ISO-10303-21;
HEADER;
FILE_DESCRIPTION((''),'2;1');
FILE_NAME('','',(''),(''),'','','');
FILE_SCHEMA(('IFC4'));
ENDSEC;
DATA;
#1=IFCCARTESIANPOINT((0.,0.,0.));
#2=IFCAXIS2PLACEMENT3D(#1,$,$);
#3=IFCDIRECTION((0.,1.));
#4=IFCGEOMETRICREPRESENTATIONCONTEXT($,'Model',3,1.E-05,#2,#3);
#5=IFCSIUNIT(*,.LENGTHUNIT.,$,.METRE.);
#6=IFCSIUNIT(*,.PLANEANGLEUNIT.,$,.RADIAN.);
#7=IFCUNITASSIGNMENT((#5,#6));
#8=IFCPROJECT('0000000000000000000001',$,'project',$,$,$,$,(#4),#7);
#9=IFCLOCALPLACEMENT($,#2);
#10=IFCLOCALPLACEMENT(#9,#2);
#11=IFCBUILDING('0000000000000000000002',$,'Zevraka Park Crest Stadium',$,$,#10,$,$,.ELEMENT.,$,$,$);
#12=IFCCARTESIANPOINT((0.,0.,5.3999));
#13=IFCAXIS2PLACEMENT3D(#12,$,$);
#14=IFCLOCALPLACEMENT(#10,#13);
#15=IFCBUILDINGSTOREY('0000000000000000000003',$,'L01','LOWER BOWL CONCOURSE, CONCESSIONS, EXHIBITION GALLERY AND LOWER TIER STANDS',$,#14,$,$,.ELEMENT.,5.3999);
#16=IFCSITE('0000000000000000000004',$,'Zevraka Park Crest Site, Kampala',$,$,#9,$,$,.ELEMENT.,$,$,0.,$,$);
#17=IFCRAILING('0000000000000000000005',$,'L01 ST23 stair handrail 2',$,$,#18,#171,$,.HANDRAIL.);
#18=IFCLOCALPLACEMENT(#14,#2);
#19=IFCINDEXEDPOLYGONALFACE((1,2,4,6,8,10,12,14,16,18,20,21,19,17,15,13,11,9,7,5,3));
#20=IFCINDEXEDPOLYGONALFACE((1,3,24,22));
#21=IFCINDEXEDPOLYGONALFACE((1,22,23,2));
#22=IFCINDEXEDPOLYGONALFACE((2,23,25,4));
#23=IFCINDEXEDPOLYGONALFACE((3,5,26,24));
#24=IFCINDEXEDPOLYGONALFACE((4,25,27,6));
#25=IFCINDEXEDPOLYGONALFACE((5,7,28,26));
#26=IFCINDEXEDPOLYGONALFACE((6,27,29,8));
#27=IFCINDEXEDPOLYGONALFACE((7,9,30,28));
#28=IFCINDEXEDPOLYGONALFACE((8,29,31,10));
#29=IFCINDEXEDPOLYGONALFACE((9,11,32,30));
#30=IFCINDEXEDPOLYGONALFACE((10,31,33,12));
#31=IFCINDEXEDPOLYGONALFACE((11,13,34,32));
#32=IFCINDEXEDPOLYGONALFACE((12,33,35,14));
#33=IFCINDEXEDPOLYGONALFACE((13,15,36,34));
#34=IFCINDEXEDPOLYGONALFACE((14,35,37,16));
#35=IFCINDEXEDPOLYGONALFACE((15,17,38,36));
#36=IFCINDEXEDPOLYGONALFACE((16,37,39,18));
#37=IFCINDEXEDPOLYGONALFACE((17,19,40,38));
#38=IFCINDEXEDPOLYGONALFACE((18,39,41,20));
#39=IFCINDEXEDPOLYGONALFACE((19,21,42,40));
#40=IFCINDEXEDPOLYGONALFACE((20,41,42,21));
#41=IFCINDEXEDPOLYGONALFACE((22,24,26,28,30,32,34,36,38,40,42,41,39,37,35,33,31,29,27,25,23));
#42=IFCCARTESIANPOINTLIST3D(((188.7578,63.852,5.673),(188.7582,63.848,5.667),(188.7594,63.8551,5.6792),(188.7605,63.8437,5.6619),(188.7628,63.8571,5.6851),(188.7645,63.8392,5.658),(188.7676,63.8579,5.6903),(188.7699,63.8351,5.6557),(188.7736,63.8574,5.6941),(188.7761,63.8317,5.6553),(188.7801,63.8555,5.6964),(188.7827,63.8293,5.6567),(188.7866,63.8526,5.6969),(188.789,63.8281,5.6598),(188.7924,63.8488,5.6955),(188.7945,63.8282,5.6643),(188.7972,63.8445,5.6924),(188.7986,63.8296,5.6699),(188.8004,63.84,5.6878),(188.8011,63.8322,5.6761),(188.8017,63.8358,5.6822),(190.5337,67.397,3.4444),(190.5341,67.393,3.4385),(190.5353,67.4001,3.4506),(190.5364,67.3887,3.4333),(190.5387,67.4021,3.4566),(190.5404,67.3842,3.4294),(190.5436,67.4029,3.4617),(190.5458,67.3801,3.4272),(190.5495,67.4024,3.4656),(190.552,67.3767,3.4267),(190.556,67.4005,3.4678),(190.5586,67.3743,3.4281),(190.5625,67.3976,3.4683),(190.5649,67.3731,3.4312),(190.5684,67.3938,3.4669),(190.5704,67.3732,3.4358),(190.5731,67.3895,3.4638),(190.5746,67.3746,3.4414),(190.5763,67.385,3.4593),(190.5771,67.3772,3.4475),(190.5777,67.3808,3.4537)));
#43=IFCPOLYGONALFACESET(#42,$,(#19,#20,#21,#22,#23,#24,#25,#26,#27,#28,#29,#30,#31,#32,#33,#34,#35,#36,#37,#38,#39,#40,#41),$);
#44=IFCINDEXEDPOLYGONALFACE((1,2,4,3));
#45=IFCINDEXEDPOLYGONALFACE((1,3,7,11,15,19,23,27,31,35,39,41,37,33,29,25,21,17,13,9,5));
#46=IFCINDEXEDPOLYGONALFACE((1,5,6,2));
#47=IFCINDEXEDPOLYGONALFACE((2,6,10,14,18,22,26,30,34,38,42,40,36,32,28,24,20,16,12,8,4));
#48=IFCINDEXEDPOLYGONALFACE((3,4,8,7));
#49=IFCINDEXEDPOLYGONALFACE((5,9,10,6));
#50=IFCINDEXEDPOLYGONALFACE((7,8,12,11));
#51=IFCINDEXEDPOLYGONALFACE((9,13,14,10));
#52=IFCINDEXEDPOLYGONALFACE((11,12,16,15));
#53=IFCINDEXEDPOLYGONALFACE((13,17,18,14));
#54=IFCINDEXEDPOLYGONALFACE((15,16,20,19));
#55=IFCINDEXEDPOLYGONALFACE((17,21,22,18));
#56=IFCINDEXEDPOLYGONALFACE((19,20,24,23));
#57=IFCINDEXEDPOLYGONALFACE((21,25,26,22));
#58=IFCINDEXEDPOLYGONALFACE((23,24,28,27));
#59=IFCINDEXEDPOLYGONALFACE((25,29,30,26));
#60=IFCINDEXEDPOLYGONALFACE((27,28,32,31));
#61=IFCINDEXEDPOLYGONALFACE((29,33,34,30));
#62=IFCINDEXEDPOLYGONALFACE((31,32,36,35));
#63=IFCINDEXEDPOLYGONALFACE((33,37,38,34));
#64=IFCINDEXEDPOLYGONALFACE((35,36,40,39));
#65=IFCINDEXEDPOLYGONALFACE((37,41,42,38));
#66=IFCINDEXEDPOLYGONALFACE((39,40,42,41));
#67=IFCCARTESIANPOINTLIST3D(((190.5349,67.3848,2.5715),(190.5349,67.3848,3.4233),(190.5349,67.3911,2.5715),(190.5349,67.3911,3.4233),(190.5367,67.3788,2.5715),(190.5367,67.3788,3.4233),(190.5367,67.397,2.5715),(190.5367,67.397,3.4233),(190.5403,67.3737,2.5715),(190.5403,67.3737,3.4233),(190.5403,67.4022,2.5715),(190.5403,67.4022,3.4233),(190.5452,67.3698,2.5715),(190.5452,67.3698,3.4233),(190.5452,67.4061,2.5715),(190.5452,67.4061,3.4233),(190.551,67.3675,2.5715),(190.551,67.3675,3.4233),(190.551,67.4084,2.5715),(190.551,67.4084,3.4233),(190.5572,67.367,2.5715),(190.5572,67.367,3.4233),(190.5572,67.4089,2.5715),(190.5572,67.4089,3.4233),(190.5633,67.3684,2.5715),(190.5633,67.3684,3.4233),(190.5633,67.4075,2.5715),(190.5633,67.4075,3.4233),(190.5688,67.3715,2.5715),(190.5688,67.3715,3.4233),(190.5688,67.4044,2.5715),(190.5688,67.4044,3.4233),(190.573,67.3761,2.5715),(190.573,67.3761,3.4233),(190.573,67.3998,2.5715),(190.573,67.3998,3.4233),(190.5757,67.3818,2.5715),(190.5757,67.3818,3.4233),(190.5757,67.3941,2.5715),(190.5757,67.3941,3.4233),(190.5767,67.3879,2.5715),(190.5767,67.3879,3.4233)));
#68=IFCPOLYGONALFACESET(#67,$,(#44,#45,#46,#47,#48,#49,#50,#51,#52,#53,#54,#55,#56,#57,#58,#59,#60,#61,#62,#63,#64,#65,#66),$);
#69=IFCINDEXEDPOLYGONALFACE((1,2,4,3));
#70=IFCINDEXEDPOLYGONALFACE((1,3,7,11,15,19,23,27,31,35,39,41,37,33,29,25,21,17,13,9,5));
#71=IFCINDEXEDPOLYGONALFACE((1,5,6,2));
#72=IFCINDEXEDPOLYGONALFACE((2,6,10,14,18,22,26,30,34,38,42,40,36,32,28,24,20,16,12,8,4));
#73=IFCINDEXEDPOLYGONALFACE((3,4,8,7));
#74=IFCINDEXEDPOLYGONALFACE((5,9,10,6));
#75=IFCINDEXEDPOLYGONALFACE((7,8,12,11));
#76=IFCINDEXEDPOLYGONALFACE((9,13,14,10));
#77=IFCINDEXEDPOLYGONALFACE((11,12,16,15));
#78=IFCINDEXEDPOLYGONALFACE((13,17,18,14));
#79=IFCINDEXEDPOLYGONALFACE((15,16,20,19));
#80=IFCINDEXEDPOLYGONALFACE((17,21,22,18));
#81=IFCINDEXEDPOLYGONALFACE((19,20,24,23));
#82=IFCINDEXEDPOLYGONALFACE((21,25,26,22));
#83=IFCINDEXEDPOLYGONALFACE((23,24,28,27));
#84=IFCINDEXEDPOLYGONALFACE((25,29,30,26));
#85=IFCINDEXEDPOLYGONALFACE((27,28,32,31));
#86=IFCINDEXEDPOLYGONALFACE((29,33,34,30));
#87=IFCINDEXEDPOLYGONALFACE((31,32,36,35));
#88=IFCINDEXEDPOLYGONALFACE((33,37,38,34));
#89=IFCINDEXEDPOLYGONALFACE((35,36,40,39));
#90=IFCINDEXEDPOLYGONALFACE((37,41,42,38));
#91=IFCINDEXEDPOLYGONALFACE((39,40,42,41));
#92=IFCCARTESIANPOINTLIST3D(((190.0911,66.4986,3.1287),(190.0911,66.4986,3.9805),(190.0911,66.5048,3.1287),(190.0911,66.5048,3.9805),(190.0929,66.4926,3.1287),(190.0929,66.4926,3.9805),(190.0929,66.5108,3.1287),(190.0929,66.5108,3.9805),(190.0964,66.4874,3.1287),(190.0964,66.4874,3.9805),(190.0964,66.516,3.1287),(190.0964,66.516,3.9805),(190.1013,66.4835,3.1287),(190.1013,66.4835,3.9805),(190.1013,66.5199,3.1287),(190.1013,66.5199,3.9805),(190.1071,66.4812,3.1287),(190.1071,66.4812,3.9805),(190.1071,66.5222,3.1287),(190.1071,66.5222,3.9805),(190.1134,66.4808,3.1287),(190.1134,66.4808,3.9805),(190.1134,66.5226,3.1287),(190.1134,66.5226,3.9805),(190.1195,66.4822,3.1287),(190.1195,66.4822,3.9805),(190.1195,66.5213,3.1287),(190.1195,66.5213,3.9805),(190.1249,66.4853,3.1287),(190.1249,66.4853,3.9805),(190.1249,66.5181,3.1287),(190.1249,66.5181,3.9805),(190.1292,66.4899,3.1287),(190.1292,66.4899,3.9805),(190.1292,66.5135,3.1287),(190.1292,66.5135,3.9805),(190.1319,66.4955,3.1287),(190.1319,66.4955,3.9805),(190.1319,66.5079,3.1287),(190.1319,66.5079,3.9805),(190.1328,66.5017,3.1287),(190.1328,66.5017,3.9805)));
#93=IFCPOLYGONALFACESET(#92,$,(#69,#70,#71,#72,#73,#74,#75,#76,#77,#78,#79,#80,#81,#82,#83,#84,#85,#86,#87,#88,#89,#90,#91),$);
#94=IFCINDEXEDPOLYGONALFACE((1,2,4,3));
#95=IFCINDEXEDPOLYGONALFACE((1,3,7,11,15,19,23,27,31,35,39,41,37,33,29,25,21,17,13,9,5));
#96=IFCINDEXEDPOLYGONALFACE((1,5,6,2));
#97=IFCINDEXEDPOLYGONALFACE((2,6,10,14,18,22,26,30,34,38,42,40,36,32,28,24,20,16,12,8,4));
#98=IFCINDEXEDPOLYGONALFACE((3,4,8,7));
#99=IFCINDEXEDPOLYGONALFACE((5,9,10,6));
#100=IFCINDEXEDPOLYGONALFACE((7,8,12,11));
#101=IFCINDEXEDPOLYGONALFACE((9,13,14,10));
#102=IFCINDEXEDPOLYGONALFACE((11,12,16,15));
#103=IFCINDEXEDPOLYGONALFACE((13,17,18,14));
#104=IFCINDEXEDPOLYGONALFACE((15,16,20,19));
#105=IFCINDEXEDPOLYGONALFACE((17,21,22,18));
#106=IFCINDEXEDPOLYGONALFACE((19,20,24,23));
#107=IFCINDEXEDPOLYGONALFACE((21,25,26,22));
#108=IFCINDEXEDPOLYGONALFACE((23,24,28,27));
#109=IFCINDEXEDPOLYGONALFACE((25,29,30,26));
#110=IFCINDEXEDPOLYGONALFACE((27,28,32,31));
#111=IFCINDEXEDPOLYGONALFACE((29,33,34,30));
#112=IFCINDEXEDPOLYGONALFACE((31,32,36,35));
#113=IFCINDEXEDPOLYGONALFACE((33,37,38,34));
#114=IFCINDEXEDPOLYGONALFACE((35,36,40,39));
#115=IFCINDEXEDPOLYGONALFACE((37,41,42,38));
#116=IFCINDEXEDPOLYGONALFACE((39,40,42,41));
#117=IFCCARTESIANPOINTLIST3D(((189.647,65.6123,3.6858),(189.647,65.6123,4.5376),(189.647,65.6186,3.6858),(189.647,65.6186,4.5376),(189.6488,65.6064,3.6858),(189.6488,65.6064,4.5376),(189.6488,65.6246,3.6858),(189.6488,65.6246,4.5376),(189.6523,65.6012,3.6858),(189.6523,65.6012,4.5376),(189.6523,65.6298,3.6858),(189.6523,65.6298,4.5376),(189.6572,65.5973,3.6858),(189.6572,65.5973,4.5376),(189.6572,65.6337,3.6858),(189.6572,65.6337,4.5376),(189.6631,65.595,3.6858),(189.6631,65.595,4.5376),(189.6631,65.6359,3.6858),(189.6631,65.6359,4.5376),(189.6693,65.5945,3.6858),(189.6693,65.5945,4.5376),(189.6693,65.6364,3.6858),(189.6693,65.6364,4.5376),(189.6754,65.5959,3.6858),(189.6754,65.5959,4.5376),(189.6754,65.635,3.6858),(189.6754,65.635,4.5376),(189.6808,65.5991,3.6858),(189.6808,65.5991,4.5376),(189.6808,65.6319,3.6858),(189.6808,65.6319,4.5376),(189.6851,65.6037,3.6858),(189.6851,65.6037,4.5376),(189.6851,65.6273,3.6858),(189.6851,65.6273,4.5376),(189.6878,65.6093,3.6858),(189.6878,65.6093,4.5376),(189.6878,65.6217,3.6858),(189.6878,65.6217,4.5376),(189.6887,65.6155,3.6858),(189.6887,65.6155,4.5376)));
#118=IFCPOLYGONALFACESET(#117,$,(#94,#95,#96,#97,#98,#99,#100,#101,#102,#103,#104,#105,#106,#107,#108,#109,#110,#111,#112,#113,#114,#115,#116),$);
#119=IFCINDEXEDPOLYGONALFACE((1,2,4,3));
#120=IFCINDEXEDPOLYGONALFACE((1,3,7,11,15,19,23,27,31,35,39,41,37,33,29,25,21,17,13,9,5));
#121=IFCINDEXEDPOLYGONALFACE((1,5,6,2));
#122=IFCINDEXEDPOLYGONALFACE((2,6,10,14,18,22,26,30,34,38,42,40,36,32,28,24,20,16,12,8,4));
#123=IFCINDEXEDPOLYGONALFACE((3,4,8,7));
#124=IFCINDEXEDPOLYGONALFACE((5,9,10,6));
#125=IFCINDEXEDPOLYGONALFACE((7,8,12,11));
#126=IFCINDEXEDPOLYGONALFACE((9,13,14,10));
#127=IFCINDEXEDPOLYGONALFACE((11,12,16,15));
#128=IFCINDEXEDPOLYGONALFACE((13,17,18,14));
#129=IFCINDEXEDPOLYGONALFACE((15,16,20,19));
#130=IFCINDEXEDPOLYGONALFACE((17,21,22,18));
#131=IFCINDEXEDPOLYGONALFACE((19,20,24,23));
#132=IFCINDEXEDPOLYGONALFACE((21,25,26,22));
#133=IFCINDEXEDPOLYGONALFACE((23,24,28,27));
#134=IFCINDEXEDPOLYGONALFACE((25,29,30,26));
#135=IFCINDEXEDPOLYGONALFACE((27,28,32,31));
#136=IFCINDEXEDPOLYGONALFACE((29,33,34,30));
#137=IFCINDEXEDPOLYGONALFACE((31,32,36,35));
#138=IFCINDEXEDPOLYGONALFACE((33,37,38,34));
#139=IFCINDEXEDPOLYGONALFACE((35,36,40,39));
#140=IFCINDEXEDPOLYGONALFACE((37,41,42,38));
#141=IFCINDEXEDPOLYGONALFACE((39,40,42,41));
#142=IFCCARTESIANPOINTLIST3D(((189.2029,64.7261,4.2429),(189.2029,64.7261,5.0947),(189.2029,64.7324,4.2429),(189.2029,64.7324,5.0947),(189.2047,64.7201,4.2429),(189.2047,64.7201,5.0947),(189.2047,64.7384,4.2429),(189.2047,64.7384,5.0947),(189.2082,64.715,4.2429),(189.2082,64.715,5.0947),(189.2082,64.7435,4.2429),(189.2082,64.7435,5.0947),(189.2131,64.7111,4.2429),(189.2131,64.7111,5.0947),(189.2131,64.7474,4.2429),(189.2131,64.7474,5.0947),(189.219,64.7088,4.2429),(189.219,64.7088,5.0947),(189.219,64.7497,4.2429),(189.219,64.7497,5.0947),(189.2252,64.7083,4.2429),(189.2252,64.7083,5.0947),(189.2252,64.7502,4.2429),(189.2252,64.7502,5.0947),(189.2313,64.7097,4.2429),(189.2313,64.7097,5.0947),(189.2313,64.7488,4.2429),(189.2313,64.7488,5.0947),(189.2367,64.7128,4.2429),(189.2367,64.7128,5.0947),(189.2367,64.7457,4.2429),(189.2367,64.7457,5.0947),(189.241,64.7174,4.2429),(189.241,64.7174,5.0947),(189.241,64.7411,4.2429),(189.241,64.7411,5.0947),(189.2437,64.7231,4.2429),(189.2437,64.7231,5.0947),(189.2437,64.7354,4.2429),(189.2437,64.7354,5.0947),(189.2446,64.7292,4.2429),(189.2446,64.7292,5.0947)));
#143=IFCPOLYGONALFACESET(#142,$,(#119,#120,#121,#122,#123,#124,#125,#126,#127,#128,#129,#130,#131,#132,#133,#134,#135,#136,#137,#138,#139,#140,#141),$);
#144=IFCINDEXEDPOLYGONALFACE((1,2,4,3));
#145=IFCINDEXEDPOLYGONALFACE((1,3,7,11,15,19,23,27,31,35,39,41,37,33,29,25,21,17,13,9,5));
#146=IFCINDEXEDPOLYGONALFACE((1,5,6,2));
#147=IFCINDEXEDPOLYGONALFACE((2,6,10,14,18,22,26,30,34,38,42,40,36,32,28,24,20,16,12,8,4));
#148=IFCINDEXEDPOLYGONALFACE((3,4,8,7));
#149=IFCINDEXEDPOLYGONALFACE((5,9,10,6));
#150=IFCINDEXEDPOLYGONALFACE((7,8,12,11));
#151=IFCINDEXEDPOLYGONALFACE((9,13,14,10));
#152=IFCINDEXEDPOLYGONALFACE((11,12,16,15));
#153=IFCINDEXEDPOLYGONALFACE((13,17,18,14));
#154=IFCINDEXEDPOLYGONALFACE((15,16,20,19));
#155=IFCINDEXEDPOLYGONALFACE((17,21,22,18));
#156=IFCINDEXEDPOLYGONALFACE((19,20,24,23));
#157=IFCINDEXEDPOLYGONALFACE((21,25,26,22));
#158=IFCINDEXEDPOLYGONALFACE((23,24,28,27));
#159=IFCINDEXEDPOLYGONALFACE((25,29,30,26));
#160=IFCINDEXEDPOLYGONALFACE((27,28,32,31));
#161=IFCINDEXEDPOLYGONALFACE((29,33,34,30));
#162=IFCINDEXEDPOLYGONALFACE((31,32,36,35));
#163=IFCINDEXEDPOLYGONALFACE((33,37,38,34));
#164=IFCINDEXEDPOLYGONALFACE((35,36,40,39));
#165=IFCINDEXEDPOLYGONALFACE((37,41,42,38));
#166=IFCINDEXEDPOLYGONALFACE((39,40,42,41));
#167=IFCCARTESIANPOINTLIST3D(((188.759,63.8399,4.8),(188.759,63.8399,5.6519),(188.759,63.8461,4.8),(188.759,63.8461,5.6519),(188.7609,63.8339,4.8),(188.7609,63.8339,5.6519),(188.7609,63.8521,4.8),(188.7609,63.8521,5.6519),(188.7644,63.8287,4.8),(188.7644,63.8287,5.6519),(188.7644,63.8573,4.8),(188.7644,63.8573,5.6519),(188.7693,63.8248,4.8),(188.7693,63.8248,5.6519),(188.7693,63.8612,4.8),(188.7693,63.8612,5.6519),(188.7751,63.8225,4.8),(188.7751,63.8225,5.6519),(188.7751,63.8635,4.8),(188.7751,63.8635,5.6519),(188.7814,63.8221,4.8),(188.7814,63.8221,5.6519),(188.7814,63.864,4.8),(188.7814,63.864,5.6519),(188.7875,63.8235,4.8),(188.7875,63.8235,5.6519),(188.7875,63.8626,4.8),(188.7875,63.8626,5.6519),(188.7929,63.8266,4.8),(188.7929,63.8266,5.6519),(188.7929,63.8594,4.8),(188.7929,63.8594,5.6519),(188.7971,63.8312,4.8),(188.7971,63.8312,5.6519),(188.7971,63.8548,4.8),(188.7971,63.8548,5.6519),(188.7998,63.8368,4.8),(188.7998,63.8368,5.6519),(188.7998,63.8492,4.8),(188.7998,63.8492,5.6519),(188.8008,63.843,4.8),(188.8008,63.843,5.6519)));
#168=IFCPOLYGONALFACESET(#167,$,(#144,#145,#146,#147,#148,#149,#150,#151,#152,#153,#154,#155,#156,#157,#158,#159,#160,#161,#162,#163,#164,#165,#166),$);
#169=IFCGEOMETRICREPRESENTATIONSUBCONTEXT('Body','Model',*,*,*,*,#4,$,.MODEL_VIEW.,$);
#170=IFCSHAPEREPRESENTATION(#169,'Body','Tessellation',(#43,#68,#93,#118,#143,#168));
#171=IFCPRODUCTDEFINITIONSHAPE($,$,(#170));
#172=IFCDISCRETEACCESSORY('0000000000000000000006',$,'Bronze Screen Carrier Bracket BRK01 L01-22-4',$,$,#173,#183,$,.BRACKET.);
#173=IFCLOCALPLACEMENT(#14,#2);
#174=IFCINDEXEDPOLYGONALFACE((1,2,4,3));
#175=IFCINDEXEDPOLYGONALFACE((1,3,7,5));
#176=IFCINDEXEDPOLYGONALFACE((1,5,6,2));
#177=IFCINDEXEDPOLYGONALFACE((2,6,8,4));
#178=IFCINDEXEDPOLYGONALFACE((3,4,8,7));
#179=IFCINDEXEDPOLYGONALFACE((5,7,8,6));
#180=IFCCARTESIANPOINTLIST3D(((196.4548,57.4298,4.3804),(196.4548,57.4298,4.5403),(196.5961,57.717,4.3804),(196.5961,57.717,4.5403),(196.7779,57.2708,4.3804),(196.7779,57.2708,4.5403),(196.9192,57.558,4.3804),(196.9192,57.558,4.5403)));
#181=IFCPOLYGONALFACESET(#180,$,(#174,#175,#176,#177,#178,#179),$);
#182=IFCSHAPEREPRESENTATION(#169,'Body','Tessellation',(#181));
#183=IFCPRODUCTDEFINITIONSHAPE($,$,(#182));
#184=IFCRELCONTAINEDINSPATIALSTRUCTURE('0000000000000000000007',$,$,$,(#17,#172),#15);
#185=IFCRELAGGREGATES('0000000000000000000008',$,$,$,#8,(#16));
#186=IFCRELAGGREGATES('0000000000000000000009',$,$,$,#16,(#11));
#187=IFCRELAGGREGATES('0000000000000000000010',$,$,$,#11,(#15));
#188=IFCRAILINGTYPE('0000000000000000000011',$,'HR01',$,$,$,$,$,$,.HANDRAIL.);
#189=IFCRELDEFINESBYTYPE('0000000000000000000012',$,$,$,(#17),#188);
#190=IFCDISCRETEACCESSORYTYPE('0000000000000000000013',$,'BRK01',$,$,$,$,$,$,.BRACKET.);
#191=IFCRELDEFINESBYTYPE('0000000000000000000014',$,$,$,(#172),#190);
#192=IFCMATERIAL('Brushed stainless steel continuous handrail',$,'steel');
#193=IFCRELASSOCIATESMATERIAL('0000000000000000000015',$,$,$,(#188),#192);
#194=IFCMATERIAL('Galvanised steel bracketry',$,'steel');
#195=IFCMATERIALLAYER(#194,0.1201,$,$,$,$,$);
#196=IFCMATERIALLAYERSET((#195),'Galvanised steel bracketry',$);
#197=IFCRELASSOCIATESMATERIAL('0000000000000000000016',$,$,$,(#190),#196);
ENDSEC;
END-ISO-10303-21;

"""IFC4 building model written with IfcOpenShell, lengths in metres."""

from ifc_helpers import new_model, si_unit, direction, frame, origin, origin_2d, place, context, subcontext, project, spatial, rectangle, circle, extrude, material, layer, layer_set, type_object, element, save


model = new_model("IFC4")

# Units and contexts
model_context = context("Model", 3, precision=1e-05, world=origin(), true_north=direction((0.0, 1.0)))
body_context = subcontext(model_context, "Body", "Model", "MODEL_VIEW")
ifc_project = project(units=[si_unit("LENGTHUNIT", "METRE"), si_unit("PLANEANGLEUNIT", "RADIAN")], contexts=[model_context])

# Site, building, storey
site_placement = place(None, origin())
site = spatial("IfcSite", under=ifc_project, at=site_placement, Name="Zevraka Park Crest Site, Kampala", CompositionType="ELEMENT", RefElevation=0.0)
building_placement = place(site_placement, origin())
building = spatial("IfcBuilding", under=site, at=building_placement, Name="Zevraka Park Crest Stadium", CompositionType="ELEMENT")
storey_placement = place(building_placement, frame((0.0, 0.0, 5.3999)))
storey = spatial("IfcBuildingStorey", under=building, at=storey_placement, Name="L01", Description="LOWER BOWL CONCOURSE, CONCESSIONS, EXHIBITION GALLERY AND LOWER TIER STANDS", CompositionType="ELEMENT", Elevation=5.3999)

# Railing
ifc_material_1 = material(Name="Brushed stainless steel continuous handrail", Category="steel")
railing_type_1 = type_object("IfcRailingType", Name="HR01", PredefinedType="HANDRAIL", material=ifc_material_1)
railing_1_placement = place(storey_placement, frame((190.5557, 67.3879, 2.5715)))
element("IfcRailing", 1, at=railing_1_placement, inside=storey, type_object=railing_type_1, Name="L01 ST23 stair handrail 2", PredefinedType="HANDRAIL", context=body_context, shape_type="SweptSolid", body=[
    extrude(circle(Radius=0.0239, at=origin_2d()), frame((0.0, 0.0, 0.876), z_axis=(-0.390454, -0.779405, 0.489973), x_axis=(0.894082, -0.447903, 0.0)), (0.0, 0.0, 1.0), 4.5483),
    extrude(circle(Radius=0.021, at=origin_2d()), origin(), (0.0, 0.0, 1.0), 0.8518),
    extrude(circle(Radius=0.021, at=origin_2d()), frame((-0.4438, -0.8862, 0.5571)), (0.0, 0.0, 1.0), 0.8518),
    extrude(circle(Radius=0.021, at=origin_2d()), frame((-0.8879, -1.7725, 1.1143)), (0.0, 0.0, 1.0), 0.8518),
    extrude(circle(Radius=0.021, at=origin_2d()), frame((-1.332, -2.6587, 1.6714)), (0.0, 0.0, 1.0), 0.8518),
    extrude(circle(Radius=0.021, at=origin_2d()), frame((-1.7759, -3.5449, 2.2285)), (0.0, 0.0, 1.0), 0.8518),
])

# Discrete accessory
ifc_material_2 = material(Name="Galvanised steel bracketry", Category="steel")
ifc_layer_1 = layer(ifc_material_2, 0.1201)
ifc_layer_set_1 = layer_set([ifc_layer_1], Name="Galvanised steel bracketry")
discrete_accessory_type = type_object("IfcDiscreteAccessoryType", Name="BRK01", PredefinedType="BRACKET", material=ifc_layer_set_1)
discrete_accessory_placement = place(storey_placement, frame((196.687, 57.4939, 4.3804), z_axis=(0.0, 0.0, 1.0), x_axis=(0.441506, 0.897258, 0.0)))
element("IfcDiscreteAccessory", 2, at=discrete_accessory_placement, inside=storey, type_object=discrete_accessory_type, Name="Bronze Screen Carrier Bracket BRK01 L01-22-4", PredefinedType="BRACKET", context=body_context, shape_type="SweptSolid", body=[
    extrude(rectangle(XDim=0.3201, YDim=0.3601, at=origin_2d()), origin(), (0.0, 0.0, 1.0), 0.1599),
])

save(model, "model.ifc")
